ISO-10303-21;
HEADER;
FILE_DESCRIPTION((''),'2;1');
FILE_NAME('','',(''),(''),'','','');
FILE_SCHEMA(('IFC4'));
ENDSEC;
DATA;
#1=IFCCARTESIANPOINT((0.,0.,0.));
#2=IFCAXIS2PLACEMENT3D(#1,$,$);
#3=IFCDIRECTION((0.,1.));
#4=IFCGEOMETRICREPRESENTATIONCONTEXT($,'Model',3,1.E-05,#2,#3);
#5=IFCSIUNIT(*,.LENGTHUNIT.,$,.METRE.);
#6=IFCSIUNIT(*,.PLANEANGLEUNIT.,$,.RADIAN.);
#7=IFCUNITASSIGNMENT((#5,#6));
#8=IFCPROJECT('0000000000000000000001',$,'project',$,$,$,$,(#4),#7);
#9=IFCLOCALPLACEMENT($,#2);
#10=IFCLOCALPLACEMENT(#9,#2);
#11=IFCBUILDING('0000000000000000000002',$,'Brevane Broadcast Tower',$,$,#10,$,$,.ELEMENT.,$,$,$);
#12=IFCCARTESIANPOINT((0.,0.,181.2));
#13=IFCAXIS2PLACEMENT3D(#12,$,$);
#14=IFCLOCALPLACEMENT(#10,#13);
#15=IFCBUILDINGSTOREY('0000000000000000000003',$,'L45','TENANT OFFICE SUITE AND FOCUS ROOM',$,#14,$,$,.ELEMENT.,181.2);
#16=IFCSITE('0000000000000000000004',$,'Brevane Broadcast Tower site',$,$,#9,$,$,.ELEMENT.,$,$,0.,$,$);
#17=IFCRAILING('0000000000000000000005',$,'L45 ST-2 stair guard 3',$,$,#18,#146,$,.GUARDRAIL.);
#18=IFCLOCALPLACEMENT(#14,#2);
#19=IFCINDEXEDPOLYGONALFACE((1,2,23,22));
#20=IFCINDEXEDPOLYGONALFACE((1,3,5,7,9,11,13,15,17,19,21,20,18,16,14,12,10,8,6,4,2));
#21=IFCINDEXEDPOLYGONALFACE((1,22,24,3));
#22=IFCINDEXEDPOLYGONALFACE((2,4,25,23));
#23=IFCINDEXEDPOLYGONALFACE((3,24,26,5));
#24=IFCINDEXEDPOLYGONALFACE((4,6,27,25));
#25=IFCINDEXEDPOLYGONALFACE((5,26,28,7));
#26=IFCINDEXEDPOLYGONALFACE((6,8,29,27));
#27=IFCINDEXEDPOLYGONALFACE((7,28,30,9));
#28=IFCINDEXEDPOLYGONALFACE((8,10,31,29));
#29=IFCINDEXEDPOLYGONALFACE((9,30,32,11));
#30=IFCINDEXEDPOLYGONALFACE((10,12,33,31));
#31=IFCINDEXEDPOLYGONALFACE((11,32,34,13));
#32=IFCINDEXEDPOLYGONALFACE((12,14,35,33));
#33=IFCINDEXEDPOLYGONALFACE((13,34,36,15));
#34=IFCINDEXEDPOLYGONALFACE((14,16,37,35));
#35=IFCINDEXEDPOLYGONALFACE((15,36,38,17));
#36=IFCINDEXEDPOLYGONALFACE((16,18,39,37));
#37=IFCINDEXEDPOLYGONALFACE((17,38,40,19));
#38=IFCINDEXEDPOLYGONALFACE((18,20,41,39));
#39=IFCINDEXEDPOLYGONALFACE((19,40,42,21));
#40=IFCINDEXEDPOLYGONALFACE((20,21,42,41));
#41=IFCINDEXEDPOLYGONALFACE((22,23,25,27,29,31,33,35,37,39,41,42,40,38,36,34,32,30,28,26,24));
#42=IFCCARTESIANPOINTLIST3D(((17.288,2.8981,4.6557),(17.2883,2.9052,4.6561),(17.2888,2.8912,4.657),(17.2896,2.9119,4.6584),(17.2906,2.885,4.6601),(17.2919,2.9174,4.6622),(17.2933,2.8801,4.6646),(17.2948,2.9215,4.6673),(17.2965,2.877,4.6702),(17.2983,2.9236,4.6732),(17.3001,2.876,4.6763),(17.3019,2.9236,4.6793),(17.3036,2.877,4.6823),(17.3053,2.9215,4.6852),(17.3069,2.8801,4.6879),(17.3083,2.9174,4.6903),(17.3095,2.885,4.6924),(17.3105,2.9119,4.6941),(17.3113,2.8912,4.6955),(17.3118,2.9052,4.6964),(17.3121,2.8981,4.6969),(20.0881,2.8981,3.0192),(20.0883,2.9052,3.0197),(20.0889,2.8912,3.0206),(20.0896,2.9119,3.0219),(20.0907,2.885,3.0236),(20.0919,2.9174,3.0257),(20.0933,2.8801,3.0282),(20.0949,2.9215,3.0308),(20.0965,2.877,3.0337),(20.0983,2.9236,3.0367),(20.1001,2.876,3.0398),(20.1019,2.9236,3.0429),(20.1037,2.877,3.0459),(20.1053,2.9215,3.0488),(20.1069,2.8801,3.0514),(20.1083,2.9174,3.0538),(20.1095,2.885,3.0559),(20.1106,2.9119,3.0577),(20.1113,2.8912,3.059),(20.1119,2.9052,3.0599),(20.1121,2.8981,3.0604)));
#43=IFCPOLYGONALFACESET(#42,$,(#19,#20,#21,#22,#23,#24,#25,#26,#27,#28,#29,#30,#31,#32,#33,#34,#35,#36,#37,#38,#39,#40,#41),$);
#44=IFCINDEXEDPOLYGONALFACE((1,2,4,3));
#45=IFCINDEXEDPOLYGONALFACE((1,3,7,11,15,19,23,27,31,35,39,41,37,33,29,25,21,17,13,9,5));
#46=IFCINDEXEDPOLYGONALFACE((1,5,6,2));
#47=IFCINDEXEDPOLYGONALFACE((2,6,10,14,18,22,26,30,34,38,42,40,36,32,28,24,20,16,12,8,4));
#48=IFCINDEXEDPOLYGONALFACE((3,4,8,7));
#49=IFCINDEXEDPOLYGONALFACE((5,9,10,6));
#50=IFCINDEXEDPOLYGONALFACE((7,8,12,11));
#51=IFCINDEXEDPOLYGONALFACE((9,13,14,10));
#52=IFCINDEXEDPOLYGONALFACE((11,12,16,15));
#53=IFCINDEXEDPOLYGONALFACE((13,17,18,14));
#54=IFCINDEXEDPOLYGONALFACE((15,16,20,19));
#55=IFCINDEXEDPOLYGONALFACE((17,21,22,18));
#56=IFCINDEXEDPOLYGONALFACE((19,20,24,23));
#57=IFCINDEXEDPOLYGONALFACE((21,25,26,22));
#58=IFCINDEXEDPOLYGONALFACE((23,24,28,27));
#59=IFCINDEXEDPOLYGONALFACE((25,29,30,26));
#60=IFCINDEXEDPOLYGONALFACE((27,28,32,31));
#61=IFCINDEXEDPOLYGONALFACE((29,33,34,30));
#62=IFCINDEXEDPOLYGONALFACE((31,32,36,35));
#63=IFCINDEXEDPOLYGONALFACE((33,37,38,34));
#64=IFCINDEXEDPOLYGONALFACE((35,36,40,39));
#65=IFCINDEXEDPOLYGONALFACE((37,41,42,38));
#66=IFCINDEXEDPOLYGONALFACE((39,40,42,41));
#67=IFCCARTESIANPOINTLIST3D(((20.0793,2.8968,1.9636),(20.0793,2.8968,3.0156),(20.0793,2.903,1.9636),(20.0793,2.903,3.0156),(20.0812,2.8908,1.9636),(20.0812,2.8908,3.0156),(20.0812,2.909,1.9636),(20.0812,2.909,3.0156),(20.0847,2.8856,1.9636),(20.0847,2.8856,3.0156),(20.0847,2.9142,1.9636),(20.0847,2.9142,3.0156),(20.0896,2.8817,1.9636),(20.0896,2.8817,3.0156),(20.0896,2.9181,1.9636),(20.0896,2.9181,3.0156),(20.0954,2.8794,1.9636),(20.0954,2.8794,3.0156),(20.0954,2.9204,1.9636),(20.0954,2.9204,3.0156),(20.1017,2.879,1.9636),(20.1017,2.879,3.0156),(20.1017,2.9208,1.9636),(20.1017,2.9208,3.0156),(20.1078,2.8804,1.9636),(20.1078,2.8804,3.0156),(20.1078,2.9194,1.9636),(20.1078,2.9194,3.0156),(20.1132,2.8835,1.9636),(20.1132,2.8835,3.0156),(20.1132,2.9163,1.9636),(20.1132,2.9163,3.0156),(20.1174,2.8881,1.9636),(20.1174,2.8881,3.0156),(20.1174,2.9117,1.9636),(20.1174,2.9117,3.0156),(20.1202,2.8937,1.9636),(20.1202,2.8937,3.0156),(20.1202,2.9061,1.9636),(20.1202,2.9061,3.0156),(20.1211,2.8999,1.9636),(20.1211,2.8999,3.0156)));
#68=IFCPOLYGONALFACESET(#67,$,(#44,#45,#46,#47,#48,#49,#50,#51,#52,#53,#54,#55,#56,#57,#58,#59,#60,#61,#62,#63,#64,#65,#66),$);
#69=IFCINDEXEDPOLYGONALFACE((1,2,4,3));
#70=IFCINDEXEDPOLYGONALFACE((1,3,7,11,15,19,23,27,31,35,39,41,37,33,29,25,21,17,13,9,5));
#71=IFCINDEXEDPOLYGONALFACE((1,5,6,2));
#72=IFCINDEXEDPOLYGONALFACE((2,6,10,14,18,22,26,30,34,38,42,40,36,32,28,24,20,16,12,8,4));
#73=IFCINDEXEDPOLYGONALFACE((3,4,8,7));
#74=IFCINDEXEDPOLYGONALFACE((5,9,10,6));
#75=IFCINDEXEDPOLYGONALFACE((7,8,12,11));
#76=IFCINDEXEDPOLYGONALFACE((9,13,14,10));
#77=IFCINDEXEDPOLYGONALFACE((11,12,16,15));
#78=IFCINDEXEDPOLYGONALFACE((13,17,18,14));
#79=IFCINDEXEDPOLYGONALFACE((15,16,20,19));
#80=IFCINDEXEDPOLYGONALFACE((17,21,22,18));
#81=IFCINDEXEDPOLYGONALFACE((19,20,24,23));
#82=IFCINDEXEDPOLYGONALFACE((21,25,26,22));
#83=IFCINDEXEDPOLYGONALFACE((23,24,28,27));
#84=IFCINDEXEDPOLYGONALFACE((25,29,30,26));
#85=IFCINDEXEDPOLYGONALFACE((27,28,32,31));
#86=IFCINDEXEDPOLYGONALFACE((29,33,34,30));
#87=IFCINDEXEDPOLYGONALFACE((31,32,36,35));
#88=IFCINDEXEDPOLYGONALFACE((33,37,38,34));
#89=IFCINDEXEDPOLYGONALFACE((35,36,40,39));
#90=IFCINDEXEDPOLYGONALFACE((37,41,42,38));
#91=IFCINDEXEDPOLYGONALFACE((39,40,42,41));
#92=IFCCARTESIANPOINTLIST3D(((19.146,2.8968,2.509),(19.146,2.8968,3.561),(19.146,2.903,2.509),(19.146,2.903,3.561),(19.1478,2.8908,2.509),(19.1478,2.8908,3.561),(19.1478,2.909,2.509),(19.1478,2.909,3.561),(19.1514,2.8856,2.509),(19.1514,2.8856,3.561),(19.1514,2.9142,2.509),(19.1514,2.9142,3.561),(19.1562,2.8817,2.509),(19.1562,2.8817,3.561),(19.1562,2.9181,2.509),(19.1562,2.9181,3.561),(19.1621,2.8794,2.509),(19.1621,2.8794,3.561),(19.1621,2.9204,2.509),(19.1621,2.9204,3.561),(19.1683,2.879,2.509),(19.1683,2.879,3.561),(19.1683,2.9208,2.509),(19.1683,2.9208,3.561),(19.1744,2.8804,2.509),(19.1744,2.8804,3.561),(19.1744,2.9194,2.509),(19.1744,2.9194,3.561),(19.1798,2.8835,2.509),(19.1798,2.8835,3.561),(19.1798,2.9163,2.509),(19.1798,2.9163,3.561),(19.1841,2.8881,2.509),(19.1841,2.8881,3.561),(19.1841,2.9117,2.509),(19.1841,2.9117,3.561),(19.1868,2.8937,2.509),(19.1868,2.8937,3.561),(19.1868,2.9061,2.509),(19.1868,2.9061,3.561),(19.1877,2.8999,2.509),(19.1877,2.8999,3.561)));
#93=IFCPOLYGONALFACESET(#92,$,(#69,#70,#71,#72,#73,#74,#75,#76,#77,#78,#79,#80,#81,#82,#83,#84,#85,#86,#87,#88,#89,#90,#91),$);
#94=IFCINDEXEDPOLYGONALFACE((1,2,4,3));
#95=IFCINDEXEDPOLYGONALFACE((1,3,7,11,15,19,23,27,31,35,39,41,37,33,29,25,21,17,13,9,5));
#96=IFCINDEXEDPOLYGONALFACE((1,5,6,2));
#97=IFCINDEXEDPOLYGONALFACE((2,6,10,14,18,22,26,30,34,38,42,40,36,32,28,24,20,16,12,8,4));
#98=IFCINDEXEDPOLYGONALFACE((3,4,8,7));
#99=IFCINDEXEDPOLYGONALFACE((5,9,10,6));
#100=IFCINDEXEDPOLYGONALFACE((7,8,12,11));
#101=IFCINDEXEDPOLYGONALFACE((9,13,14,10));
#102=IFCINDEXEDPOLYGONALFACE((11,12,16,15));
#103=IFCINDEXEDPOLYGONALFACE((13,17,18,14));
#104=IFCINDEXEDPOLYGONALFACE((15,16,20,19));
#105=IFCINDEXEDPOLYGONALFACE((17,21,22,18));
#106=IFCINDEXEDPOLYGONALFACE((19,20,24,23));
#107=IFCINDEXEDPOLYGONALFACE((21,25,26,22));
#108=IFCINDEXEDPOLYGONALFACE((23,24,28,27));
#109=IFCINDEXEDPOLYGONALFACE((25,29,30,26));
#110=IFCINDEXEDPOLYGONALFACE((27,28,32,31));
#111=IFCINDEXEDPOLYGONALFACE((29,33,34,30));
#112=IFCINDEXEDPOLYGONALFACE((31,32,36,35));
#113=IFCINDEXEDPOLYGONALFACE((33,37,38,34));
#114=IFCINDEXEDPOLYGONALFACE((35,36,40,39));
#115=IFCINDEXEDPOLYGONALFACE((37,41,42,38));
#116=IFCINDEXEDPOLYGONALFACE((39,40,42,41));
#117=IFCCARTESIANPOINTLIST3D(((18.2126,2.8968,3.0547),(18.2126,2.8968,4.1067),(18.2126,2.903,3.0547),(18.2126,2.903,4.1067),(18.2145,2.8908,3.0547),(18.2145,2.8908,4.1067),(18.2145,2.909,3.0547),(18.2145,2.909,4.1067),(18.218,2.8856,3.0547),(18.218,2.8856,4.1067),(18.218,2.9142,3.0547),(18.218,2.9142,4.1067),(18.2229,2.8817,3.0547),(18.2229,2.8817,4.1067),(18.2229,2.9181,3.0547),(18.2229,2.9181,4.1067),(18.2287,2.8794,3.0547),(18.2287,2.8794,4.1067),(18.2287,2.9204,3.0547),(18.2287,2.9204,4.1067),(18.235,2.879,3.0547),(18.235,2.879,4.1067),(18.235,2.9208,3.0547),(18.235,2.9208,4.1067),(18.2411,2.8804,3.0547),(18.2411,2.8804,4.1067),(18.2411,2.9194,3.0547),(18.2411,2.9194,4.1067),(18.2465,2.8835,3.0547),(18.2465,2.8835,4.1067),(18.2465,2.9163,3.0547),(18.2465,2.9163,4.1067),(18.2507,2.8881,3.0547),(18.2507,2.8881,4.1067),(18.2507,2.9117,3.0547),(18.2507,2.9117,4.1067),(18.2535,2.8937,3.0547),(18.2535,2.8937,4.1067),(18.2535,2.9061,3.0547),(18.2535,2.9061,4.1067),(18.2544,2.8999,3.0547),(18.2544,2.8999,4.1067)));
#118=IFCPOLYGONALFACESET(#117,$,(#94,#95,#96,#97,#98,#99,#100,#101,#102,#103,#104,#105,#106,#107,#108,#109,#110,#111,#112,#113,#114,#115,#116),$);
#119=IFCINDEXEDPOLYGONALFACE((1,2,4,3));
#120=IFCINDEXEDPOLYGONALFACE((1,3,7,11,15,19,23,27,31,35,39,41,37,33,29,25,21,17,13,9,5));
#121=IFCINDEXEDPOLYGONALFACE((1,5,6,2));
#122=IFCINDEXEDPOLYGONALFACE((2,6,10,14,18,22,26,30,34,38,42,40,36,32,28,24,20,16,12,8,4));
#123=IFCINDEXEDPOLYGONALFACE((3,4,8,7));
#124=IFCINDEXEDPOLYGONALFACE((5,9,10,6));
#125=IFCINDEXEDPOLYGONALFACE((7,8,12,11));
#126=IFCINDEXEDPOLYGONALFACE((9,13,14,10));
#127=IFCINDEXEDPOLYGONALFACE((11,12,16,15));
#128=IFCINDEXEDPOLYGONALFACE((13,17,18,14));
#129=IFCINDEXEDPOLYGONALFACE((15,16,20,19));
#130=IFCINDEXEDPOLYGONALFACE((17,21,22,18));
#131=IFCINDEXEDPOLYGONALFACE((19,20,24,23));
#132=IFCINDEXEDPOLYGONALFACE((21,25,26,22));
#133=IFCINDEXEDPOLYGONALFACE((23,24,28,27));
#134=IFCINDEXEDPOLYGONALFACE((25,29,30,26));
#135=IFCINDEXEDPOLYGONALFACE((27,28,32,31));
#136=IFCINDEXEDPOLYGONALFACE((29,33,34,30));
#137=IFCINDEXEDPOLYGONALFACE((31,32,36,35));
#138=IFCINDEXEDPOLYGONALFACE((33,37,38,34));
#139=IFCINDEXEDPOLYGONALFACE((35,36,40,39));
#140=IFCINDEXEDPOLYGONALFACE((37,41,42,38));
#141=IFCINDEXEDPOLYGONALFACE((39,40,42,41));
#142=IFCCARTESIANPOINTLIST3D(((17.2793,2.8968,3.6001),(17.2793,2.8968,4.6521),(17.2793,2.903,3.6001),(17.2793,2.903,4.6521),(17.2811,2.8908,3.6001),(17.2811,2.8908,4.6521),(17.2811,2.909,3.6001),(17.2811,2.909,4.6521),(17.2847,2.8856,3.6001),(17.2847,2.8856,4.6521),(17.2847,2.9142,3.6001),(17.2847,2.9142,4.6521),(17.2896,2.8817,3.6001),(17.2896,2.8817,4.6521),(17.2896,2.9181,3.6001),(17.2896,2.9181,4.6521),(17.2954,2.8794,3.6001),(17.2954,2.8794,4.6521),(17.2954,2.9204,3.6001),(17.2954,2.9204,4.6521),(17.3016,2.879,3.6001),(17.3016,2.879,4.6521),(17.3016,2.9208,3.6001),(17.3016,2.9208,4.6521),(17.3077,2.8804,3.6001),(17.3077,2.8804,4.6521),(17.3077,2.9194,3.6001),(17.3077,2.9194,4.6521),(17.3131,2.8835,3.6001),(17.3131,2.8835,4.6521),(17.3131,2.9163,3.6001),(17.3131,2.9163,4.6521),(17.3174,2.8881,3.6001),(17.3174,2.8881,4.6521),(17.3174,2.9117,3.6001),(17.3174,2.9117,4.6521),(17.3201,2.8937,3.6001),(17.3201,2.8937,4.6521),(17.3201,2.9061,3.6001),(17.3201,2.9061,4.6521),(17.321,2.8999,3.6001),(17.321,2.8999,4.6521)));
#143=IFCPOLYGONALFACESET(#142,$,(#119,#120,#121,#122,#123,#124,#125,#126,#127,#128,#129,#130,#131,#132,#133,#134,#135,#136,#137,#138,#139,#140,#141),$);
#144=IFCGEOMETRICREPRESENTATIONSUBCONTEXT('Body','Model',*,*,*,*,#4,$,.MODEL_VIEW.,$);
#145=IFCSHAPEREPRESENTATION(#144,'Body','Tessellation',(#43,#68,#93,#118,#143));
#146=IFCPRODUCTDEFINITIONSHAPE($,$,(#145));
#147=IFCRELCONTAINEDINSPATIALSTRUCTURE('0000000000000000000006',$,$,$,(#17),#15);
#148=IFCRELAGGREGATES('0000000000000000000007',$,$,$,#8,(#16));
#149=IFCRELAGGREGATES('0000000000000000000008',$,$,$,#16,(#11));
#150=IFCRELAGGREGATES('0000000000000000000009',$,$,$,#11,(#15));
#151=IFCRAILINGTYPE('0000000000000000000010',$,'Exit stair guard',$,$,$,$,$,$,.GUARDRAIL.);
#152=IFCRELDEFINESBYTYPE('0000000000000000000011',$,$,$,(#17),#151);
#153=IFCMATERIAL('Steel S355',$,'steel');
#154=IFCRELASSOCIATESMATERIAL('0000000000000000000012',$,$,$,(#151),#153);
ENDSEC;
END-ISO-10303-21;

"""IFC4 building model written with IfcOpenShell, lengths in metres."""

from ifc_helpers import new_model, si_unit, direction, frame, origin, origin_2d, place, context, subcontext, project, spatial, circle, extrude, material, type_object, element, save


model = new_model("IFC4")

# Units and contexts
model_context = context("Model", 3, precision=1e-05, world=origin(), true_north=direction((0.0, 1.0)))
body_context = subcontext(model_context, "Body", "Model", "MODEL_VIEW")
ifc_project = project(units=[si_unit("LENGTHUNIT", "METRE"), si_unit("PLANEANGLEUNIT", "RADIAN")], contexts=[model_context])

# Site, building, storey
site_placement = place(None, origin())
site = spatial("IfcSite", under=ifc_project, at=site_placement, Name="Brevane Broadcast Tower site", CompositionType="ELEMENT", RefElevation=0.0)
building_placement = place(site_placement, origin())
building = spatial("IfcBuilding", under=site, at=building_placement, Name="Brevane Broadcast Tower", CompositionType="ELEMENT")
storey_placement = place(building_placement, frame((0.0, 0.0, 181.2)))
storey = spatial("IfcBuildingStorey", under=building, at=storey_placement, Name="L45", Description="TENANT OFFICE SUITE AND FOCUS ROOM", CompositionType="ELEMENT", Elevation=181.2)

# Railing
ifc_material_1 = material(Name="Steel S355", Category="steel")
railing_type_1 = type_object("IfcRailingType", Name="Exit stair guard", PredefinedType="GUARDRAIL", material=ifc_material_1)
railing_1_placement = place(storey_placement, frame((20.1001, 2.8999, 1.9636)))
element("IfcRailing", 1, at=railing_1_placement, inside=storey, type_object=railing_type_1, Name="L45 ST-2 stair guard 3", PredefinedType="GUARDRAIL", context=body_context, shape_type="SweptSolid", body=[
    extrude(circle(Radius=0.0239, at=origin_2d()), frame((0.0, 0.0, 1.0762), z_axis=(-0.863361, 0.0, 0.504587), x_axis=(0.0, -1.0, 0.0)), (0.0, 0.0, 1.0), 3.2432),
    extrude(circle(Radius=0.021, at=origin_2d()), origin(), (0.0, 0.0, 1.0), 1.052),
    extrude(circle(Radius=0.021, at=origin_2d()), frame((-0.9333, 0.0, 0.5454)), (0.0, 0.0, 1.0), 1.052),
    extrude(circle(Radius=0.021, at=origin_2d()), frame((-1.8667, 0.0, 1.0911)), (0.0, 0.0, 1.0), 1.052),
    extrude(circle(Radius=0.021, at=origin_2d()), frame((-2.8, 0.0, 1.6365)), (0.0, 0.0, 1.0), 1.052),
])

save(model, "model.ifc")
